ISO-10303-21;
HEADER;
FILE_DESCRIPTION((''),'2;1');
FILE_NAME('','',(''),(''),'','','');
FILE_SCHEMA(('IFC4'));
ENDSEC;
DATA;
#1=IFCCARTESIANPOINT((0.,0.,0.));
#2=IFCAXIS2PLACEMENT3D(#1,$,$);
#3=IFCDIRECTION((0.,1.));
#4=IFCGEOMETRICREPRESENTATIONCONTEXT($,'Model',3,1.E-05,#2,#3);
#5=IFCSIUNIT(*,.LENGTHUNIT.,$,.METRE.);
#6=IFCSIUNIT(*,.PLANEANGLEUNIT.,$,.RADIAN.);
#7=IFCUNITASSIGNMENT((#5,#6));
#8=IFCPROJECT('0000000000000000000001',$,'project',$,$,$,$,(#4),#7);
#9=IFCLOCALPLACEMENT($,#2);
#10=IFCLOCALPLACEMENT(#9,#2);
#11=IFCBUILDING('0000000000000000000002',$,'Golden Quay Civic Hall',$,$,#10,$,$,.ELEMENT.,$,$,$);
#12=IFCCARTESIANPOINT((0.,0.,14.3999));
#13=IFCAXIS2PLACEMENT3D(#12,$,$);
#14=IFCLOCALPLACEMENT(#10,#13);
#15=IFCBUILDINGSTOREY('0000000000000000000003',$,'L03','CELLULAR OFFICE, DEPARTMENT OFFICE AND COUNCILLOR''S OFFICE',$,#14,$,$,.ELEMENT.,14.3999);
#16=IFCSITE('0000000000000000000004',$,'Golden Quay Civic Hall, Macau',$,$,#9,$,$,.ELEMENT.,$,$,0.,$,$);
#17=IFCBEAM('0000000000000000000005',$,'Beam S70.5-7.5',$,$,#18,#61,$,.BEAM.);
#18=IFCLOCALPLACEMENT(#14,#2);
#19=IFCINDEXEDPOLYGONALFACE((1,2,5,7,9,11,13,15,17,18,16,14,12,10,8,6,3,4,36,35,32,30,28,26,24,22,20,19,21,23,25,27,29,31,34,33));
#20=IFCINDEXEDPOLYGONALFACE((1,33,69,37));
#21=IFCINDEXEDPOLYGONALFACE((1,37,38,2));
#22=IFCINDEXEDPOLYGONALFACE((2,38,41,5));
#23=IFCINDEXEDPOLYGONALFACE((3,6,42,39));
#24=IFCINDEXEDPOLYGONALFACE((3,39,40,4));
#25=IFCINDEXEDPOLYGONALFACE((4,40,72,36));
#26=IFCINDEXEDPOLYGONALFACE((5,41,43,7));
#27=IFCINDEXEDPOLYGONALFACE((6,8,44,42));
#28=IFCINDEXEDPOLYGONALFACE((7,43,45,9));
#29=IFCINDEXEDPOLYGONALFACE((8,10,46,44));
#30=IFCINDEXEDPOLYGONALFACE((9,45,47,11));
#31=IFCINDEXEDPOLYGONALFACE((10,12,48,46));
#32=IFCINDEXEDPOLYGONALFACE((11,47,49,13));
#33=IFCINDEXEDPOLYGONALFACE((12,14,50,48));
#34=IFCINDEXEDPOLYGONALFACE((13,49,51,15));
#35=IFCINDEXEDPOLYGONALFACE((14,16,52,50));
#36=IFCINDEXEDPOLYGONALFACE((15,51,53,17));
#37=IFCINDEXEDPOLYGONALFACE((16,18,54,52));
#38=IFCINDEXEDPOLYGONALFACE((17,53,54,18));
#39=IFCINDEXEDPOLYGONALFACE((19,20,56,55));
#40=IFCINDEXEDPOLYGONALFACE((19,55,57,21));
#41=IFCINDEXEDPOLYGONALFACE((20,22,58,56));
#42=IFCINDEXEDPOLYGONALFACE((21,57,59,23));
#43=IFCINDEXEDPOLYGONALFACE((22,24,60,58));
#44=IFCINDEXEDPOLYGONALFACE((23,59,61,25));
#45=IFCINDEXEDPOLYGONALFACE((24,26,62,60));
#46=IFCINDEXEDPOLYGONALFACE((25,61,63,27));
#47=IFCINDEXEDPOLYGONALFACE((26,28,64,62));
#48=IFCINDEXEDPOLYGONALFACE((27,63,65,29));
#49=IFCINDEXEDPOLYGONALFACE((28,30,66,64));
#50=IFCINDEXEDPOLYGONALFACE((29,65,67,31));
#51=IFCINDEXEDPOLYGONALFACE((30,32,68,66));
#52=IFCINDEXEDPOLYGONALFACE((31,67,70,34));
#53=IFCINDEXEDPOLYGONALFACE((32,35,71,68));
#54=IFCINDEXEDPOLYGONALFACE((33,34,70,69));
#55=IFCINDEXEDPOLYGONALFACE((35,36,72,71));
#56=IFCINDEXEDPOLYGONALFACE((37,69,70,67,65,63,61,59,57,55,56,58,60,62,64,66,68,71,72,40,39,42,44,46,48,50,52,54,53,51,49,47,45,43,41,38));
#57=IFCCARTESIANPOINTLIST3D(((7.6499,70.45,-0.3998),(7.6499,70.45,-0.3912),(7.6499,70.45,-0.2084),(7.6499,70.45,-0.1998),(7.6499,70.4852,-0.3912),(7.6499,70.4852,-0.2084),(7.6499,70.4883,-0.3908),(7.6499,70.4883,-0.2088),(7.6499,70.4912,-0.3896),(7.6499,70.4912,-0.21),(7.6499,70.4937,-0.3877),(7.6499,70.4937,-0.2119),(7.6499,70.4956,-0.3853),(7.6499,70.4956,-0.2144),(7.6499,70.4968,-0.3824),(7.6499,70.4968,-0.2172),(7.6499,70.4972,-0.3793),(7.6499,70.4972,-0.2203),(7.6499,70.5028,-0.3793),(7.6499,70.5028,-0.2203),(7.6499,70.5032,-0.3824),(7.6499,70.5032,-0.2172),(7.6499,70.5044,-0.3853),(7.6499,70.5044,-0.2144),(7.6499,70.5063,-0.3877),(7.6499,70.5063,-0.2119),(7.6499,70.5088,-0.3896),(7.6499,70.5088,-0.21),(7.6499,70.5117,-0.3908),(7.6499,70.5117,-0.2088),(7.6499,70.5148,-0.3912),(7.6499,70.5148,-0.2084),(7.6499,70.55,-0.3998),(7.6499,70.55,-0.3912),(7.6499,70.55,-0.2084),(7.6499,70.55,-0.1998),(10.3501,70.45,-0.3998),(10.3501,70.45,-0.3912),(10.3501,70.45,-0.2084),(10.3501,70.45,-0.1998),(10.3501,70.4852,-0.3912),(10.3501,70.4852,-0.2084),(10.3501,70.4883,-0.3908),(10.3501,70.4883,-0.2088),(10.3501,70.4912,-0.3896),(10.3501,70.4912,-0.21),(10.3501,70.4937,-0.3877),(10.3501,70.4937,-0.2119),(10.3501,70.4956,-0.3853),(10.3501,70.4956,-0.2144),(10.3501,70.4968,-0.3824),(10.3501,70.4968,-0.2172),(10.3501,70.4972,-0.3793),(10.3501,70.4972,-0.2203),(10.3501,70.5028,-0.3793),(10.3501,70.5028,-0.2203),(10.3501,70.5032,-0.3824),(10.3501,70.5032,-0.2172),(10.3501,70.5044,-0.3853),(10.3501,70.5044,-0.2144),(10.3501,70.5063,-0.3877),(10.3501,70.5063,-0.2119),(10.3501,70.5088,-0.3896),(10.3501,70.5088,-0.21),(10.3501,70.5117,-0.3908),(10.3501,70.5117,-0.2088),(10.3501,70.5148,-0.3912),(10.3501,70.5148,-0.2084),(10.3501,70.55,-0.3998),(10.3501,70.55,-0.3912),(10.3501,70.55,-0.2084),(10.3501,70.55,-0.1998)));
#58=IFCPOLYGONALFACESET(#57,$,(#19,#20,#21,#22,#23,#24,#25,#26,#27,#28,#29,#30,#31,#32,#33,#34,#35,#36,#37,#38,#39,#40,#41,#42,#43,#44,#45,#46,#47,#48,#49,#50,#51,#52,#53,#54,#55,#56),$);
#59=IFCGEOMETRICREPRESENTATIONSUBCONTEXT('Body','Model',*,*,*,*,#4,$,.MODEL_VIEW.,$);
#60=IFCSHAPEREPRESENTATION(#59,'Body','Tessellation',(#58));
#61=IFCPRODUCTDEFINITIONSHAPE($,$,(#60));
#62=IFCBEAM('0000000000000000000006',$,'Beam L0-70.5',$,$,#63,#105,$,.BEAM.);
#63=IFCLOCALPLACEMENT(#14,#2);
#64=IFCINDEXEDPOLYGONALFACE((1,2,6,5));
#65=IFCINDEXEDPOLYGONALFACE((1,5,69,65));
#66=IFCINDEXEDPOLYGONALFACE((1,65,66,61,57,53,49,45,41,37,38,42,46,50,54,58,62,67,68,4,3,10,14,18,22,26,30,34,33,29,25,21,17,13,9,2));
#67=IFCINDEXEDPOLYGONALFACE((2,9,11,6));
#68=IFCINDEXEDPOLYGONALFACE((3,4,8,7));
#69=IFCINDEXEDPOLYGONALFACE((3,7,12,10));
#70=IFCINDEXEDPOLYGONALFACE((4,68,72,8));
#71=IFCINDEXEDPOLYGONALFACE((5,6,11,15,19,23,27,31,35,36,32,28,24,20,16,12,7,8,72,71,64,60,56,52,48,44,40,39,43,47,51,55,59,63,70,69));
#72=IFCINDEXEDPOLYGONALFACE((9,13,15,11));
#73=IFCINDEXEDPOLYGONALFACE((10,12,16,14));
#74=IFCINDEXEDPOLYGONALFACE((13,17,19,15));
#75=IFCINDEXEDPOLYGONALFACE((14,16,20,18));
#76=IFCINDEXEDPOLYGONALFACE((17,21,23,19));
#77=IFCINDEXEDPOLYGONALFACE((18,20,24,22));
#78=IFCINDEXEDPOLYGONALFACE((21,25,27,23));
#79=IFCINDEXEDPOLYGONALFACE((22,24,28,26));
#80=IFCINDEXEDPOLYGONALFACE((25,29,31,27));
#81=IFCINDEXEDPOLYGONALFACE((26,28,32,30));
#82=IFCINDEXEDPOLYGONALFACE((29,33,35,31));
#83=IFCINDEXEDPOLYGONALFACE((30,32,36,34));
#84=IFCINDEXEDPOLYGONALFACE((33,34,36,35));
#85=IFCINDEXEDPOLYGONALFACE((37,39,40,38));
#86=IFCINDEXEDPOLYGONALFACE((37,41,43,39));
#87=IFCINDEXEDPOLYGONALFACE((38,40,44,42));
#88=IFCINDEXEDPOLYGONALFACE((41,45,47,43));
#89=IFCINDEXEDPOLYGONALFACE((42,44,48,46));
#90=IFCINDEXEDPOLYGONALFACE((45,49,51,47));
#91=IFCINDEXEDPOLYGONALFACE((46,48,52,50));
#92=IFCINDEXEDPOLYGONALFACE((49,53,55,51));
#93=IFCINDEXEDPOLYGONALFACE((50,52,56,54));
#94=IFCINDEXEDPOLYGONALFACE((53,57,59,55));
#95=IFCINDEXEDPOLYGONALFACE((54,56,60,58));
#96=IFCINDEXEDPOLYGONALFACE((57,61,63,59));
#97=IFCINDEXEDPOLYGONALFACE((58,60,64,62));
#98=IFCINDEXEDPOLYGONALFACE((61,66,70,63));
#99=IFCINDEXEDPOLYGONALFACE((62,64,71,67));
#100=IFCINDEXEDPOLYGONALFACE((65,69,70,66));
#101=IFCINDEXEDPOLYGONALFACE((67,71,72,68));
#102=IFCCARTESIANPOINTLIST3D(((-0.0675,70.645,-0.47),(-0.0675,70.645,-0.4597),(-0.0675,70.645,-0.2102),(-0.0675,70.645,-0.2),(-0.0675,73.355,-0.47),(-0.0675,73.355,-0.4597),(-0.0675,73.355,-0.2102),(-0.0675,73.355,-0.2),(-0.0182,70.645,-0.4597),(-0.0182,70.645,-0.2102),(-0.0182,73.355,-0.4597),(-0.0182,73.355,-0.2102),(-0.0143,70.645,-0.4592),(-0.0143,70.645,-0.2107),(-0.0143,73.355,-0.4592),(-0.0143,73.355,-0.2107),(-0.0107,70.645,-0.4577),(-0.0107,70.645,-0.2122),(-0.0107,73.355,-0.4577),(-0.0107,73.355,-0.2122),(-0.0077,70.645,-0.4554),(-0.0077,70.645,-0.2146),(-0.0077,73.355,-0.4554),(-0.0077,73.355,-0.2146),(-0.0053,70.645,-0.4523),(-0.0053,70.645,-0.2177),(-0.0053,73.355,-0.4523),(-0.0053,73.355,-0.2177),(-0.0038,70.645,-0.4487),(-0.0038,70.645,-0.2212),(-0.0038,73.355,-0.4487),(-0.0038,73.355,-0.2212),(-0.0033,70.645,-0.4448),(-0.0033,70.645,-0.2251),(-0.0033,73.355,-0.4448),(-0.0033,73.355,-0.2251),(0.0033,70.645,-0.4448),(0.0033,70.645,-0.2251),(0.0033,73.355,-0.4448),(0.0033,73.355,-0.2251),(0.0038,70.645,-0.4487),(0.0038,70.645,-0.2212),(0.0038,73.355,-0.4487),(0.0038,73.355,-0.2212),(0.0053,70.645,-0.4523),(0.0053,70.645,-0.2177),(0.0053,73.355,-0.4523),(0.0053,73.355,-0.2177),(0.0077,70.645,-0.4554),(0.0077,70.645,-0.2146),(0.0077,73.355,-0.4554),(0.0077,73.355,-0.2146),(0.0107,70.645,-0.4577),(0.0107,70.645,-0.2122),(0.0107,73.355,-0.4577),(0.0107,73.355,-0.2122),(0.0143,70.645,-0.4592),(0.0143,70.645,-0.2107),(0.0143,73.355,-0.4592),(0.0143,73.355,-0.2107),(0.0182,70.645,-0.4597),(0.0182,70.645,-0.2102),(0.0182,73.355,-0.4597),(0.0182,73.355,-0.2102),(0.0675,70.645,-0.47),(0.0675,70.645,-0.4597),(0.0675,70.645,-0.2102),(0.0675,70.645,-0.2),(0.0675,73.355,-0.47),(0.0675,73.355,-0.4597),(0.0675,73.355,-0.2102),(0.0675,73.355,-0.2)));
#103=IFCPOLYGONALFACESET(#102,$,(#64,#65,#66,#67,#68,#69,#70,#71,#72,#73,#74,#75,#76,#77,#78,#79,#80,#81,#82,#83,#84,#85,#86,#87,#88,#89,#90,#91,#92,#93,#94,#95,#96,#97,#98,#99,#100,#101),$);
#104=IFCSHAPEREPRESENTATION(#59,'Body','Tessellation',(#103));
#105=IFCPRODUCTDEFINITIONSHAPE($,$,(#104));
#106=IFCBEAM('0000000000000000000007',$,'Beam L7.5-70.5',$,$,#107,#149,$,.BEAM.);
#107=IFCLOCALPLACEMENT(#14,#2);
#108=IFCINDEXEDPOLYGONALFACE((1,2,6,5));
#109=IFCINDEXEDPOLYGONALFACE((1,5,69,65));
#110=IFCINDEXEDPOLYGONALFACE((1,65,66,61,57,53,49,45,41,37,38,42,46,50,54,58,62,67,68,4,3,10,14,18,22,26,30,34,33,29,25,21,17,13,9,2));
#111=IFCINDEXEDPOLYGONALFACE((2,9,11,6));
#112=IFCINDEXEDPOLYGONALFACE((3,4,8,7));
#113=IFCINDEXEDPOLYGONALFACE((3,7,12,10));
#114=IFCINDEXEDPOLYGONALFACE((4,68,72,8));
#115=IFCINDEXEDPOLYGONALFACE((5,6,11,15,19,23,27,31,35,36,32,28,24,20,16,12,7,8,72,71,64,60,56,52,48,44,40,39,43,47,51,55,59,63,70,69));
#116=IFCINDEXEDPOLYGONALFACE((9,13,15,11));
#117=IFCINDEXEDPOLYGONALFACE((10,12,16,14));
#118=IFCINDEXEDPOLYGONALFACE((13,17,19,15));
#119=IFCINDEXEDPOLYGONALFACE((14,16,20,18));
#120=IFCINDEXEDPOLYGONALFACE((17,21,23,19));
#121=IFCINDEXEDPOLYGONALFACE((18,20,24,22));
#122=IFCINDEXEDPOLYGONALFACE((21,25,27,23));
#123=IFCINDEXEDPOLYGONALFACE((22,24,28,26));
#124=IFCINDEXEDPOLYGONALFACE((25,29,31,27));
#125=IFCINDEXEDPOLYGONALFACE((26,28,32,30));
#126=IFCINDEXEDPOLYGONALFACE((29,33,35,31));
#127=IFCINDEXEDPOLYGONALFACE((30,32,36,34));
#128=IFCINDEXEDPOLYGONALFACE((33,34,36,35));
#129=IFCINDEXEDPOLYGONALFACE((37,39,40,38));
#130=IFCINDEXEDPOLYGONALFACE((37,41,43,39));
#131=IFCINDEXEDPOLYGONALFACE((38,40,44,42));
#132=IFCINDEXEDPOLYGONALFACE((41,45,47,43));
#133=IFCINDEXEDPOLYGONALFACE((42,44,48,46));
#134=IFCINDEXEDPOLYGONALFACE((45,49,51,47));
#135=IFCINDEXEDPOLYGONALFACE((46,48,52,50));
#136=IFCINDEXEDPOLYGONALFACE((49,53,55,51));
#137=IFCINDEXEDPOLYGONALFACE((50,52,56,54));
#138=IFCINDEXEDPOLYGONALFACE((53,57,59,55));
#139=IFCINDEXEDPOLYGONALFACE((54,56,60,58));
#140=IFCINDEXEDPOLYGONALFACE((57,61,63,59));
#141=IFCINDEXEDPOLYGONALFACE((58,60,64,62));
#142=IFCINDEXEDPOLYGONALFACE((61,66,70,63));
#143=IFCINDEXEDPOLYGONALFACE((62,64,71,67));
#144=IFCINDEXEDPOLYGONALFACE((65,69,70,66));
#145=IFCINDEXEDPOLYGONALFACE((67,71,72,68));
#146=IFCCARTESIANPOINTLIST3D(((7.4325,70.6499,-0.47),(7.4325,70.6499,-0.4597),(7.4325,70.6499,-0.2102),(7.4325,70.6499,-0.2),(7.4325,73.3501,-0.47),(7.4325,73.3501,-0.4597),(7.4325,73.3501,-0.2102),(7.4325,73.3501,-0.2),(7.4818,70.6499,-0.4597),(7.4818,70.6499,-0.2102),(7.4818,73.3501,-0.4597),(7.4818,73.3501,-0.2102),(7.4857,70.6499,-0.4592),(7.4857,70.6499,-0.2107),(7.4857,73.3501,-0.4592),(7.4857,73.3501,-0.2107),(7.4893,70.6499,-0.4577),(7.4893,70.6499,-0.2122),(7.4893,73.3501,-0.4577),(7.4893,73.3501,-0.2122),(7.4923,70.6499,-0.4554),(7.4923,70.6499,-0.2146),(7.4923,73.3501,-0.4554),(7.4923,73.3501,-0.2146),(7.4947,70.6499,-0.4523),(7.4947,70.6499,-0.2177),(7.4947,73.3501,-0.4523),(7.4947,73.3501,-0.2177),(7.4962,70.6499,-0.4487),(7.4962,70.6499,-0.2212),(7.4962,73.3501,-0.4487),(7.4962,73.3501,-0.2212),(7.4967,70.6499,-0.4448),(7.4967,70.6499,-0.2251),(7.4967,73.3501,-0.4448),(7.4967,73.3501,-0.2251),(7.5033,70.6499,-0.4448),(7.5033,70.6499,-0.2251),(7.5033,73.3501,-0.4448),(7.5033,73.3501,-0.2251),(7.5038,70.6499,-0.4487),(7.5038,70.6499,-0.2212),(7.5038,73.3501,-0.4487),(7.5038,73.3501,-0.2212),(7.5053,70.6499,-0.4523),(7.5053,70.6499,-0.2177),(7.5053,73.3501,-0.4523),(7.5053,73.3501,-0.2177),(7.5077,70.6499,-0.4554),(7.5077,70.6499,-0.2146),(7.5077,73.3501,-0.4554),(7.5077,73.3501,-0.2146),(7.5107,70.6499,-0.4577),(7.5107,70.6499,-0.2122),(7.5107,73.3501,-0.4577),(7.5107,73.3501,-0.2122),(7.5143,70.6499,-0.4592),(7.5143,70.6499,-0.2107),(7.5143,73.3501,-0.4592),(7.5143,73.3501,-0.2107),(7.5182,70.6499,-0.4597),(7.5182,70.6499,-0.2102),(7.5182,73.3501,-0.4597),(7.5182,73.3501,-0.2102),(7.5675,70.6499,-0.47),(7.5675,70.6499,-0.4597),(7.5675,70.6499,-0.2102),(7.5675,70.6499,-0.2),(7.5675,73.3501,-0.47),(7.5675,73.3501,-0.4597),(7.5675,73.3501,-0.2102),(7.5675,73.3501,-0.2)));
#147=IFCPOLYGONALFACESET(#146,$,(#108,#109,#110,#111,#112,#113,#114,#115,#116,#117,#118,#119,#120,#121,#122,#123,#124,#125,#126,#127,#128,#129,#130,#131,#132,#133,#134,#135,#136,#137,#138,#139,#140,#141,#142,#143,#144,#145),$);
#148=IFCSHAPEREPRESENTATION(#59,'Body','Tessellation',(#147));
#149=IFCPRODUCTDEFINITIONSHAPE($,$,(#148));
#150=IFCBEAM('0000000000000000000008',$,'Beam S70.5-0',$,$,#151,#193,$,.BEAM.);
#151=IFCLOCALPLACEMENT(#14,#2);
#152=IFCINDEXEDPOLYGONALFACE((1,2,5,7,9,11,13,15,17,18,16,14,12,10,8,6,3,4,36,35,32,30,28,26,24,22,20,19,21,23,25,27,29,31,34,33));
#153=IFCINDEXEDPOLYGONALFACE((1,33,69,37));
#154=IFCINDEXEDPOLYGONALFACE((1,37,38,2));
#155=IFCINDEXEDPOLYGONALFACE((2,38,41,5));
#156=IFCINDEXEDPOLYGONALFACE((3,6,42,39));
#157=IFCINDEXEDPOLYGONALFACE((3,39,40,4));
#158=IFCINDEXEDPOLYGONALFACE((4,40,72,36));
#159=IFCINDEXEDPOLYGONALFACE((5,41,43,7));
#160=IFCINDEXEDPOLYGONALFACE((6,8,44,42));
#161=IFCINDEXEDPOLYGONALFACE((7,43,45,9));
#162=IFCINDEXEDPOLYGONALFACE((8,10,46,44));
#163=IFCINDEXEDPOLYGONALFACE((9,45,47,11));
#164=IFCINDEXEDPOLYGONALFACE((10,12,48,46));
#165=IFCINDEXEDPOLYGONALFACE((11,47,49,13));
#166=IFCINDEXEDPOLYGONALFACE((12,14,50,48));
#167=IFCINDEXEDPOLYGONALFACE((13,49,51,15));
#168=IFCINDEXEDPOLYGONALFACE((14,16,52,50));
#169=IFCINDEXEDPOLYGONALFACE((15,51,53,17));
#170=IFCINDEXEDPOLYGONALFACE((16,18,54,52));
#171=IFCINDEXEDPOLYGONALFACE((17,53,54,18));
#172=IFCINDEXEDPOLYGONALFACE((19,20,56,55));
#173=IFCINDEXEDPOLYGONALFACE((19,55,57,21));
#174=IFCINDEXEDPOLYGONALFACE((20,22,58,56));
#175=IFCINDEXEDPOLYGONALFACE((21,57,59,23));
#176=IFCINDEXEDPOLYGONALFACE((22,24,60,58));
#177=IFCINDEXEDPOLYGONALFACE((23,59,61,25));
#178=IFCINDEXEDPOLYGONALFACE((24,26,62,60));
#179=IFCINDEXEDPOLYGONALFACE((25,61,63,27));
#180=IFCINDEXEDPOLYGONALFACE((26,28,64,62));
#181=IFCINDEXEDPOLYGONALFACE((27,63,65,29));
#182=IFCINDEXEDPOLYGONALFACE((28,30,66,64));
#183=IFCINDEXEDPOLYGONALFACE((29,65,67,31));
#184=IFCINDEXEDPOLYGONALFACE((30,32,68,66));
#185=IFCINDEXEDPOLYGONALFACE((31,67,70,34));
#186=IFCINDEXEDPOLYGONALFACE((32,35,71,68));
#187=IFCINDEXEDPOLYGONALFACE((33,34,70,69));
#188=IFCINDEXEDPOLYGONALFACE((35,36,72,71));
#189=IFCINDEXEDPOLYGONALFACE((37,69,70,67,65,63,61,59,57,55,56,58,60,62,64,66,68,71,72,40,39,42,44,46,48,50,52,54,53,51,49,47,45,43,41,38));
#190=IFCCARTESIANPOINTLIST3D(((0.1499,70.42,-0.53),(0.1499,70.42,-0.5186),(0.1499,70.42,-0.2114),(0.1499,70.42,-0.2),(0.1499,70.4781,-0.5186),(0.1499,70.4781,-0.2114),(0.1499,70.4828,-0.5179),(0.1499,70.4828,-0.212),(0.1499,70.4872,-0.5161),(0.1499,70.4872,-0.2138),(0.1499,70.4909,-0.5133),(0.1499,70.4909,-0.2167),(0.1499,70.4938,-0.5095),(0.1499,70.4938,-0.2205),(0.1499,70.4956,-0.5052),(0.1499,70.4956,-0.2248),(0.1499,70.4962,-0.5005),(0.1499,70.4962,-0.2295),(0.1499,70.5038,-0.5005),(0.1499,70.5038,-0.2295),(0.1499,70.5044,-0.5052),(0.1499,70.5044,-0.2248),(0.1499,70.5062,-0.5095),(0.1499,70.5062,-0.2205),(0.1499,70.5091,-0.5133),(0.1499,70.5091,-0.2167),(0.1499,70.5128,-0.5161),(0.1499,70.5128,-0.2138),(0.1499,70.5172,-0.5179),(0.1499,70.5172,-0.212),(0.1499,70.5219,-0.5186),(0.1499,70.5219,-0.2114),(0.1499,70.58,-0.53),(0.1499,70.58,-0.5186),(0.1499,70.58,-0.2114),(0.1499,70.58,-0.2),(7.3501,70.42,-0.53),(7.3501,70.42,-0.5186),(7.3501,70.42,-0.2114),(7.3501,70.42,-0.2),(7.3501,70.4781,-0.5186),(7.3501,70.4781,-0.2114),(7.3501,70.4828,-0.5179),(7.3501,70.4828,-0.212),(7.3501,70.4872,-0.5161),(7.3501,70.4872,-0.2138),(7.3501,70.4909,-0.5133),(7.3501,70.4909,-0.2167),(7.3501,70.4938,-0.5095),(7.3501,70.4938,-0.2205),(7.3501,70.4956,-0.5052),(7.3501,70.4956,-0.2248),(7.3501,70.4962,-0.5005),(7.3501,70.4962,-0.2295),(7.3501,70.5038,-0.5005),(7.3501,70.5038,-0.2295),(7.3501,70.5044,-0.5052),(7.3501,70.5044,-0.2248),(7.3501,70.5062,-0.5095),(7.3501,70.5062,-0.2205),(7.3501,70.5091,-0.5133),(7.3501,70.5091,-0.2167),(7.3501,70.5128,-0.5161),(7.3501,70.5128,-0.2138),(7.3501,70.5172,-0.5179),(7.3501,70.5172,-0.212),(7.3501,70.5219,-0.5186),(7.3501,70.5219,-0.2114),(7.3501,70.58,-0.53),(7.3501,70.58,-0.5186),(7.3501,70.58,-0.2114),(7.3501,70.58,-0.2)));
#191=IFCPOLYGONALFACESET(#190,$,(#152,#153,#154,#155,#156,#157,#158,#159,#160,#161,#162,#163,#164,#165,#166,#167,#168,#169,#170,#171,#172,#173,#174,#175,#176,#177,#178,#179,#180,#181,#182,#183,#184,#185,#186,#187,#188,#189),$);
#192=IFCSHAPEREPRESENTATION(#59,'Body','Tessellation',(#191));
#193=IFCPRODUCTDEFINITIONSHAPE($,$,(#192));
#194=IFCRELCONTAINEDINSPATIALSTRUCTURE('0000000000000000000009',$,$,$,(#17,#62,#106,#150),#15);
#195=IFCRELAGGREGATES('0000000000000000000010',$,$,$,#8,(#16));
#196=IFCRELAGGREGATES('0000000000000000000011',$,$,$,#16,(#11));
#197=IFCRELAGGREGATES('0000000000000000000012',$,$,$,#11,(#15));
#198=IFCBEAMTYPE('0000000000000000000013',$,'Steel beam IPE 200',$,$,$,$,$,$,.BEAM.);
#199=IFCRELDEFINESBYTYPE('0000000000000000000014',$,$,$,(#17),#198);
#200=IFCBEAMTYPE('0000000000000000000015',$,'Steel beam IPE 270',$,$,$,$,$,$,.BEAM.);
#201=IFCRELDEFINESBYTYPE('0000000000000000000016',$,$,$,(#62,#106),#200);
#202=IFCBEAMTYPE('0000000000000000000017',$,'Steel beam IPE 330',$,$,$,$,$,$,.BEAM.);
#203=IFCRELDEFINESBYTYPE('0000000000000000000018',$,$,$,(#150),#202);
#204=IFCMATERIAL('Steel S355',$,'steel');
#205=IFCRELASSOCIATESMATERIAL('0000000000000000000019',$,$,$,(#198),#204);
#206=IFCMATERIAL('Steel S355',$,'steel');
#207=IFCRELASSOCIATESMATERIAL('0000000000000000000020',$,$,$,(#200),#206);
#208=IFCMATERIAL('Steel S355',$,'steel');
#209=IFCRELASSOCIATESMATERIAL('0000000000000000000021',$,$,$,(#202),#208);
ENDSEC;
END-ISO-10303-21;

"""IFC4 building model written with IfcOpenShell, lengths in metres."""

from ifc_helpers import new_model, si_unit, direction, frame, origin, origin_2d, place, context, subcontext, project, spatial, i_section, extrude, material, material_profile, profile_set, type_object, element, save


model = new_model("IFC4")

# Units and contexts
model_context = context("Model", 3, precision=1e-05, world=origin(), true_north=direction((0.0, 1.0)))
body_context = subcontext(model_context, "Body", "Model", "MODEL_VIEW")
ifc_project = project(units=[si_unit("LENGTHUNIT", "METRE"), si_unit("PLANEANGLEUNIT", "RADIAN")], contexts=[model_context])

# Site, building, storey
site_placement = place(None, origin())
site = spatial("IfcSite", under=ifc_project, at=site_placement, Name="Golden Quay Civic Hall, Macau", CompositionType="ELEMENT", RefElevation=0.0)
building_placement = place(site_placement, origin())
building = spatial("IfcBuilding", under=site, at=building_placement, Name="Golden Quay Civic Hall", CompositionType="ELEMENT")
storey_placement = place(building_placement, frame((0.0, 0.0, 14.3999)))
storey = spatial("IfcBuildingStorey", under=building, at=storey_placement, Name="L03", Description="CELLULAR OFFICE, DEPARTMENT OFFICE AND COUNCILLOR'S OFFICE", CompositionType="ELEMENT", Elevation=14.3999)

# Beams
ifc_material_1 = material(Name="Steel S355", Category="steel")
ifc_material_profile_1 = material_profile(ifc_material_1, i_section(OverallWidth=0.1001, OverallDepth=0.2, WebThickness=0.0056, FlangeThickness=0.0085, FilletRadius=0.012, at=origin_2d()), Name="IPE 200")
ifc_profile_set_1 = profile_set([ifc_material_profile_1], Name="Steel S355")
beam_type_1 = type_object("IfcBeamType", Name="Steel beam IPE 200", PredefinedType="BEAM", material=ifc_profile_set_1)
beam_1_placement = place(storey_placement, frame((7.6499, 70.5, -0.2998), z_axis=(1.0, 0.0, 0.0), x_axis=(0.0, 1.0, 0.0)))
element("IfcBeam", 1, at=beam_1_placement, inside=storey, type_object=beam_type_1, Name="Beam S70.5-7.5", PredefinedType="BEAM", context=body_context, shape_type="SweptSolid", body=[
    extrude(i_section(OverallWidth=0.1001, OverallDepth=0.2, WebThickness=0.0056, FlangeThickness=0.0085, FilletRadius=0.012, at=origin_2d()), origin(), (0.0, 0.0, 1.0), 2.7002),
])
ifc_material_2 = material(Name="Steel S355", Category="steel")
ifc_material_profile_2 = material_profile(ifc_material_2, i_section(OverallWidth=0.135, OverallDepth=0.27, WebThickness=0.0066, FlangeThickness=0.0103, FilletRadius=0.0149, at=origin_2d()), Name="IPE 270")
ifc_profile_set_2 = profile_set([ifc_material_profile_2], Name="Steel S355")
beam_type_2 = type_object("IfcBeamType", Name="Steel beam IPE 270", PredefinedType="BEAM", material=ifc_profile_set_2)
beam_2_placement = place(storey_placement, frame((0.0, 70.645, -0.335), z_axis=(0.0, 1.0, 0.0), x_axis=(-1.0, 0.0, 0.0)))
element("IfcBeam", 2, at=beam_2_placement, inside=storey, type_object=beam_type_2, Name="Beam L0-70.5", PredefinedType="BEAM", context=body_context, shape_type="SweptSolid", body=[
    extrude(i_section(OverallWidth=0.135, OverallDepth=0.27, WebThickness=0.0066, FlangeThickness=0.0103, FilletRadius=0.0149, at=origin_2d()), origin(), (0.0, 0.0, 1.0), 2.71),
])
beam_3_placement = place(storey_placement, frame((7.5, 70.6499, -0.335), z_axis=(0.0, 1.0, 0.0), x_axis=(-1.0, 0.0, 0.0)))
element("IfcBeam", 3, at=beam_3_placement, inside=storey, type_object=beam_type_2, Name="Beam L7.5-70.5", PredefinedType="BEAM", context=body_context, shape_type="SweptSolid", body=[
    extrude(i_section(OverallWidth=0.135, OverallDepth=0.27, WebThickness=0.0066, FlangeThickness=0.0103, FilletRadius=0.0149, at=origin_2d()), origin(), (0.0, 0.0, 1.0), 2.7002),
])
ifc_material_3 = material(Name="Steel S355", Category="steel")
ifc_material_profile_3 = material_profile(ifc_material_3, i_section(OverallWidth=0.1599, OverallDepth=0.3301, WebThickness=0.0076, FlangeThickness=0.0115, FilletRadius=0.0181, at=origin_2d()), Name="IPE 330")
ifc_profile_set_3 = profile_set([ifc_material_profile_3], Name="Steel S355")
beam_type_3 = type_object("IfcBeamType", Name="Steel beam IPE 330", PredefinedType="BEAM", material=ifc_profile_set_3)
for number, where, z_axis, x_axis, name in (
    (4, (0.1499, 70.5, -0.365), (1.0, 0.0, 0.0), (0.0, 1.0, 0.0), "Beam S70.5-0"),
):
    element("IfcBeam", number, at=place(storey_placement, frame(where, z_axis=z_axis, x_axis=x_axis)), inside=storey, type_object=beam_type_3, Name=name, PredefinedType="BEAM", context=body_context, shape_type="SweptSolid", body=[
        extrude(i_section(OverallWidth=0.1599, OverallDepth=0.3301, WebThickness=0.0076, FlangeThickness=0.0115, FilletRadius=0.0181, at=origin_2d()), origin(), (0.0, 0.0, 1.0), 7.2002),
    ])

save(model, "model.ifc")
